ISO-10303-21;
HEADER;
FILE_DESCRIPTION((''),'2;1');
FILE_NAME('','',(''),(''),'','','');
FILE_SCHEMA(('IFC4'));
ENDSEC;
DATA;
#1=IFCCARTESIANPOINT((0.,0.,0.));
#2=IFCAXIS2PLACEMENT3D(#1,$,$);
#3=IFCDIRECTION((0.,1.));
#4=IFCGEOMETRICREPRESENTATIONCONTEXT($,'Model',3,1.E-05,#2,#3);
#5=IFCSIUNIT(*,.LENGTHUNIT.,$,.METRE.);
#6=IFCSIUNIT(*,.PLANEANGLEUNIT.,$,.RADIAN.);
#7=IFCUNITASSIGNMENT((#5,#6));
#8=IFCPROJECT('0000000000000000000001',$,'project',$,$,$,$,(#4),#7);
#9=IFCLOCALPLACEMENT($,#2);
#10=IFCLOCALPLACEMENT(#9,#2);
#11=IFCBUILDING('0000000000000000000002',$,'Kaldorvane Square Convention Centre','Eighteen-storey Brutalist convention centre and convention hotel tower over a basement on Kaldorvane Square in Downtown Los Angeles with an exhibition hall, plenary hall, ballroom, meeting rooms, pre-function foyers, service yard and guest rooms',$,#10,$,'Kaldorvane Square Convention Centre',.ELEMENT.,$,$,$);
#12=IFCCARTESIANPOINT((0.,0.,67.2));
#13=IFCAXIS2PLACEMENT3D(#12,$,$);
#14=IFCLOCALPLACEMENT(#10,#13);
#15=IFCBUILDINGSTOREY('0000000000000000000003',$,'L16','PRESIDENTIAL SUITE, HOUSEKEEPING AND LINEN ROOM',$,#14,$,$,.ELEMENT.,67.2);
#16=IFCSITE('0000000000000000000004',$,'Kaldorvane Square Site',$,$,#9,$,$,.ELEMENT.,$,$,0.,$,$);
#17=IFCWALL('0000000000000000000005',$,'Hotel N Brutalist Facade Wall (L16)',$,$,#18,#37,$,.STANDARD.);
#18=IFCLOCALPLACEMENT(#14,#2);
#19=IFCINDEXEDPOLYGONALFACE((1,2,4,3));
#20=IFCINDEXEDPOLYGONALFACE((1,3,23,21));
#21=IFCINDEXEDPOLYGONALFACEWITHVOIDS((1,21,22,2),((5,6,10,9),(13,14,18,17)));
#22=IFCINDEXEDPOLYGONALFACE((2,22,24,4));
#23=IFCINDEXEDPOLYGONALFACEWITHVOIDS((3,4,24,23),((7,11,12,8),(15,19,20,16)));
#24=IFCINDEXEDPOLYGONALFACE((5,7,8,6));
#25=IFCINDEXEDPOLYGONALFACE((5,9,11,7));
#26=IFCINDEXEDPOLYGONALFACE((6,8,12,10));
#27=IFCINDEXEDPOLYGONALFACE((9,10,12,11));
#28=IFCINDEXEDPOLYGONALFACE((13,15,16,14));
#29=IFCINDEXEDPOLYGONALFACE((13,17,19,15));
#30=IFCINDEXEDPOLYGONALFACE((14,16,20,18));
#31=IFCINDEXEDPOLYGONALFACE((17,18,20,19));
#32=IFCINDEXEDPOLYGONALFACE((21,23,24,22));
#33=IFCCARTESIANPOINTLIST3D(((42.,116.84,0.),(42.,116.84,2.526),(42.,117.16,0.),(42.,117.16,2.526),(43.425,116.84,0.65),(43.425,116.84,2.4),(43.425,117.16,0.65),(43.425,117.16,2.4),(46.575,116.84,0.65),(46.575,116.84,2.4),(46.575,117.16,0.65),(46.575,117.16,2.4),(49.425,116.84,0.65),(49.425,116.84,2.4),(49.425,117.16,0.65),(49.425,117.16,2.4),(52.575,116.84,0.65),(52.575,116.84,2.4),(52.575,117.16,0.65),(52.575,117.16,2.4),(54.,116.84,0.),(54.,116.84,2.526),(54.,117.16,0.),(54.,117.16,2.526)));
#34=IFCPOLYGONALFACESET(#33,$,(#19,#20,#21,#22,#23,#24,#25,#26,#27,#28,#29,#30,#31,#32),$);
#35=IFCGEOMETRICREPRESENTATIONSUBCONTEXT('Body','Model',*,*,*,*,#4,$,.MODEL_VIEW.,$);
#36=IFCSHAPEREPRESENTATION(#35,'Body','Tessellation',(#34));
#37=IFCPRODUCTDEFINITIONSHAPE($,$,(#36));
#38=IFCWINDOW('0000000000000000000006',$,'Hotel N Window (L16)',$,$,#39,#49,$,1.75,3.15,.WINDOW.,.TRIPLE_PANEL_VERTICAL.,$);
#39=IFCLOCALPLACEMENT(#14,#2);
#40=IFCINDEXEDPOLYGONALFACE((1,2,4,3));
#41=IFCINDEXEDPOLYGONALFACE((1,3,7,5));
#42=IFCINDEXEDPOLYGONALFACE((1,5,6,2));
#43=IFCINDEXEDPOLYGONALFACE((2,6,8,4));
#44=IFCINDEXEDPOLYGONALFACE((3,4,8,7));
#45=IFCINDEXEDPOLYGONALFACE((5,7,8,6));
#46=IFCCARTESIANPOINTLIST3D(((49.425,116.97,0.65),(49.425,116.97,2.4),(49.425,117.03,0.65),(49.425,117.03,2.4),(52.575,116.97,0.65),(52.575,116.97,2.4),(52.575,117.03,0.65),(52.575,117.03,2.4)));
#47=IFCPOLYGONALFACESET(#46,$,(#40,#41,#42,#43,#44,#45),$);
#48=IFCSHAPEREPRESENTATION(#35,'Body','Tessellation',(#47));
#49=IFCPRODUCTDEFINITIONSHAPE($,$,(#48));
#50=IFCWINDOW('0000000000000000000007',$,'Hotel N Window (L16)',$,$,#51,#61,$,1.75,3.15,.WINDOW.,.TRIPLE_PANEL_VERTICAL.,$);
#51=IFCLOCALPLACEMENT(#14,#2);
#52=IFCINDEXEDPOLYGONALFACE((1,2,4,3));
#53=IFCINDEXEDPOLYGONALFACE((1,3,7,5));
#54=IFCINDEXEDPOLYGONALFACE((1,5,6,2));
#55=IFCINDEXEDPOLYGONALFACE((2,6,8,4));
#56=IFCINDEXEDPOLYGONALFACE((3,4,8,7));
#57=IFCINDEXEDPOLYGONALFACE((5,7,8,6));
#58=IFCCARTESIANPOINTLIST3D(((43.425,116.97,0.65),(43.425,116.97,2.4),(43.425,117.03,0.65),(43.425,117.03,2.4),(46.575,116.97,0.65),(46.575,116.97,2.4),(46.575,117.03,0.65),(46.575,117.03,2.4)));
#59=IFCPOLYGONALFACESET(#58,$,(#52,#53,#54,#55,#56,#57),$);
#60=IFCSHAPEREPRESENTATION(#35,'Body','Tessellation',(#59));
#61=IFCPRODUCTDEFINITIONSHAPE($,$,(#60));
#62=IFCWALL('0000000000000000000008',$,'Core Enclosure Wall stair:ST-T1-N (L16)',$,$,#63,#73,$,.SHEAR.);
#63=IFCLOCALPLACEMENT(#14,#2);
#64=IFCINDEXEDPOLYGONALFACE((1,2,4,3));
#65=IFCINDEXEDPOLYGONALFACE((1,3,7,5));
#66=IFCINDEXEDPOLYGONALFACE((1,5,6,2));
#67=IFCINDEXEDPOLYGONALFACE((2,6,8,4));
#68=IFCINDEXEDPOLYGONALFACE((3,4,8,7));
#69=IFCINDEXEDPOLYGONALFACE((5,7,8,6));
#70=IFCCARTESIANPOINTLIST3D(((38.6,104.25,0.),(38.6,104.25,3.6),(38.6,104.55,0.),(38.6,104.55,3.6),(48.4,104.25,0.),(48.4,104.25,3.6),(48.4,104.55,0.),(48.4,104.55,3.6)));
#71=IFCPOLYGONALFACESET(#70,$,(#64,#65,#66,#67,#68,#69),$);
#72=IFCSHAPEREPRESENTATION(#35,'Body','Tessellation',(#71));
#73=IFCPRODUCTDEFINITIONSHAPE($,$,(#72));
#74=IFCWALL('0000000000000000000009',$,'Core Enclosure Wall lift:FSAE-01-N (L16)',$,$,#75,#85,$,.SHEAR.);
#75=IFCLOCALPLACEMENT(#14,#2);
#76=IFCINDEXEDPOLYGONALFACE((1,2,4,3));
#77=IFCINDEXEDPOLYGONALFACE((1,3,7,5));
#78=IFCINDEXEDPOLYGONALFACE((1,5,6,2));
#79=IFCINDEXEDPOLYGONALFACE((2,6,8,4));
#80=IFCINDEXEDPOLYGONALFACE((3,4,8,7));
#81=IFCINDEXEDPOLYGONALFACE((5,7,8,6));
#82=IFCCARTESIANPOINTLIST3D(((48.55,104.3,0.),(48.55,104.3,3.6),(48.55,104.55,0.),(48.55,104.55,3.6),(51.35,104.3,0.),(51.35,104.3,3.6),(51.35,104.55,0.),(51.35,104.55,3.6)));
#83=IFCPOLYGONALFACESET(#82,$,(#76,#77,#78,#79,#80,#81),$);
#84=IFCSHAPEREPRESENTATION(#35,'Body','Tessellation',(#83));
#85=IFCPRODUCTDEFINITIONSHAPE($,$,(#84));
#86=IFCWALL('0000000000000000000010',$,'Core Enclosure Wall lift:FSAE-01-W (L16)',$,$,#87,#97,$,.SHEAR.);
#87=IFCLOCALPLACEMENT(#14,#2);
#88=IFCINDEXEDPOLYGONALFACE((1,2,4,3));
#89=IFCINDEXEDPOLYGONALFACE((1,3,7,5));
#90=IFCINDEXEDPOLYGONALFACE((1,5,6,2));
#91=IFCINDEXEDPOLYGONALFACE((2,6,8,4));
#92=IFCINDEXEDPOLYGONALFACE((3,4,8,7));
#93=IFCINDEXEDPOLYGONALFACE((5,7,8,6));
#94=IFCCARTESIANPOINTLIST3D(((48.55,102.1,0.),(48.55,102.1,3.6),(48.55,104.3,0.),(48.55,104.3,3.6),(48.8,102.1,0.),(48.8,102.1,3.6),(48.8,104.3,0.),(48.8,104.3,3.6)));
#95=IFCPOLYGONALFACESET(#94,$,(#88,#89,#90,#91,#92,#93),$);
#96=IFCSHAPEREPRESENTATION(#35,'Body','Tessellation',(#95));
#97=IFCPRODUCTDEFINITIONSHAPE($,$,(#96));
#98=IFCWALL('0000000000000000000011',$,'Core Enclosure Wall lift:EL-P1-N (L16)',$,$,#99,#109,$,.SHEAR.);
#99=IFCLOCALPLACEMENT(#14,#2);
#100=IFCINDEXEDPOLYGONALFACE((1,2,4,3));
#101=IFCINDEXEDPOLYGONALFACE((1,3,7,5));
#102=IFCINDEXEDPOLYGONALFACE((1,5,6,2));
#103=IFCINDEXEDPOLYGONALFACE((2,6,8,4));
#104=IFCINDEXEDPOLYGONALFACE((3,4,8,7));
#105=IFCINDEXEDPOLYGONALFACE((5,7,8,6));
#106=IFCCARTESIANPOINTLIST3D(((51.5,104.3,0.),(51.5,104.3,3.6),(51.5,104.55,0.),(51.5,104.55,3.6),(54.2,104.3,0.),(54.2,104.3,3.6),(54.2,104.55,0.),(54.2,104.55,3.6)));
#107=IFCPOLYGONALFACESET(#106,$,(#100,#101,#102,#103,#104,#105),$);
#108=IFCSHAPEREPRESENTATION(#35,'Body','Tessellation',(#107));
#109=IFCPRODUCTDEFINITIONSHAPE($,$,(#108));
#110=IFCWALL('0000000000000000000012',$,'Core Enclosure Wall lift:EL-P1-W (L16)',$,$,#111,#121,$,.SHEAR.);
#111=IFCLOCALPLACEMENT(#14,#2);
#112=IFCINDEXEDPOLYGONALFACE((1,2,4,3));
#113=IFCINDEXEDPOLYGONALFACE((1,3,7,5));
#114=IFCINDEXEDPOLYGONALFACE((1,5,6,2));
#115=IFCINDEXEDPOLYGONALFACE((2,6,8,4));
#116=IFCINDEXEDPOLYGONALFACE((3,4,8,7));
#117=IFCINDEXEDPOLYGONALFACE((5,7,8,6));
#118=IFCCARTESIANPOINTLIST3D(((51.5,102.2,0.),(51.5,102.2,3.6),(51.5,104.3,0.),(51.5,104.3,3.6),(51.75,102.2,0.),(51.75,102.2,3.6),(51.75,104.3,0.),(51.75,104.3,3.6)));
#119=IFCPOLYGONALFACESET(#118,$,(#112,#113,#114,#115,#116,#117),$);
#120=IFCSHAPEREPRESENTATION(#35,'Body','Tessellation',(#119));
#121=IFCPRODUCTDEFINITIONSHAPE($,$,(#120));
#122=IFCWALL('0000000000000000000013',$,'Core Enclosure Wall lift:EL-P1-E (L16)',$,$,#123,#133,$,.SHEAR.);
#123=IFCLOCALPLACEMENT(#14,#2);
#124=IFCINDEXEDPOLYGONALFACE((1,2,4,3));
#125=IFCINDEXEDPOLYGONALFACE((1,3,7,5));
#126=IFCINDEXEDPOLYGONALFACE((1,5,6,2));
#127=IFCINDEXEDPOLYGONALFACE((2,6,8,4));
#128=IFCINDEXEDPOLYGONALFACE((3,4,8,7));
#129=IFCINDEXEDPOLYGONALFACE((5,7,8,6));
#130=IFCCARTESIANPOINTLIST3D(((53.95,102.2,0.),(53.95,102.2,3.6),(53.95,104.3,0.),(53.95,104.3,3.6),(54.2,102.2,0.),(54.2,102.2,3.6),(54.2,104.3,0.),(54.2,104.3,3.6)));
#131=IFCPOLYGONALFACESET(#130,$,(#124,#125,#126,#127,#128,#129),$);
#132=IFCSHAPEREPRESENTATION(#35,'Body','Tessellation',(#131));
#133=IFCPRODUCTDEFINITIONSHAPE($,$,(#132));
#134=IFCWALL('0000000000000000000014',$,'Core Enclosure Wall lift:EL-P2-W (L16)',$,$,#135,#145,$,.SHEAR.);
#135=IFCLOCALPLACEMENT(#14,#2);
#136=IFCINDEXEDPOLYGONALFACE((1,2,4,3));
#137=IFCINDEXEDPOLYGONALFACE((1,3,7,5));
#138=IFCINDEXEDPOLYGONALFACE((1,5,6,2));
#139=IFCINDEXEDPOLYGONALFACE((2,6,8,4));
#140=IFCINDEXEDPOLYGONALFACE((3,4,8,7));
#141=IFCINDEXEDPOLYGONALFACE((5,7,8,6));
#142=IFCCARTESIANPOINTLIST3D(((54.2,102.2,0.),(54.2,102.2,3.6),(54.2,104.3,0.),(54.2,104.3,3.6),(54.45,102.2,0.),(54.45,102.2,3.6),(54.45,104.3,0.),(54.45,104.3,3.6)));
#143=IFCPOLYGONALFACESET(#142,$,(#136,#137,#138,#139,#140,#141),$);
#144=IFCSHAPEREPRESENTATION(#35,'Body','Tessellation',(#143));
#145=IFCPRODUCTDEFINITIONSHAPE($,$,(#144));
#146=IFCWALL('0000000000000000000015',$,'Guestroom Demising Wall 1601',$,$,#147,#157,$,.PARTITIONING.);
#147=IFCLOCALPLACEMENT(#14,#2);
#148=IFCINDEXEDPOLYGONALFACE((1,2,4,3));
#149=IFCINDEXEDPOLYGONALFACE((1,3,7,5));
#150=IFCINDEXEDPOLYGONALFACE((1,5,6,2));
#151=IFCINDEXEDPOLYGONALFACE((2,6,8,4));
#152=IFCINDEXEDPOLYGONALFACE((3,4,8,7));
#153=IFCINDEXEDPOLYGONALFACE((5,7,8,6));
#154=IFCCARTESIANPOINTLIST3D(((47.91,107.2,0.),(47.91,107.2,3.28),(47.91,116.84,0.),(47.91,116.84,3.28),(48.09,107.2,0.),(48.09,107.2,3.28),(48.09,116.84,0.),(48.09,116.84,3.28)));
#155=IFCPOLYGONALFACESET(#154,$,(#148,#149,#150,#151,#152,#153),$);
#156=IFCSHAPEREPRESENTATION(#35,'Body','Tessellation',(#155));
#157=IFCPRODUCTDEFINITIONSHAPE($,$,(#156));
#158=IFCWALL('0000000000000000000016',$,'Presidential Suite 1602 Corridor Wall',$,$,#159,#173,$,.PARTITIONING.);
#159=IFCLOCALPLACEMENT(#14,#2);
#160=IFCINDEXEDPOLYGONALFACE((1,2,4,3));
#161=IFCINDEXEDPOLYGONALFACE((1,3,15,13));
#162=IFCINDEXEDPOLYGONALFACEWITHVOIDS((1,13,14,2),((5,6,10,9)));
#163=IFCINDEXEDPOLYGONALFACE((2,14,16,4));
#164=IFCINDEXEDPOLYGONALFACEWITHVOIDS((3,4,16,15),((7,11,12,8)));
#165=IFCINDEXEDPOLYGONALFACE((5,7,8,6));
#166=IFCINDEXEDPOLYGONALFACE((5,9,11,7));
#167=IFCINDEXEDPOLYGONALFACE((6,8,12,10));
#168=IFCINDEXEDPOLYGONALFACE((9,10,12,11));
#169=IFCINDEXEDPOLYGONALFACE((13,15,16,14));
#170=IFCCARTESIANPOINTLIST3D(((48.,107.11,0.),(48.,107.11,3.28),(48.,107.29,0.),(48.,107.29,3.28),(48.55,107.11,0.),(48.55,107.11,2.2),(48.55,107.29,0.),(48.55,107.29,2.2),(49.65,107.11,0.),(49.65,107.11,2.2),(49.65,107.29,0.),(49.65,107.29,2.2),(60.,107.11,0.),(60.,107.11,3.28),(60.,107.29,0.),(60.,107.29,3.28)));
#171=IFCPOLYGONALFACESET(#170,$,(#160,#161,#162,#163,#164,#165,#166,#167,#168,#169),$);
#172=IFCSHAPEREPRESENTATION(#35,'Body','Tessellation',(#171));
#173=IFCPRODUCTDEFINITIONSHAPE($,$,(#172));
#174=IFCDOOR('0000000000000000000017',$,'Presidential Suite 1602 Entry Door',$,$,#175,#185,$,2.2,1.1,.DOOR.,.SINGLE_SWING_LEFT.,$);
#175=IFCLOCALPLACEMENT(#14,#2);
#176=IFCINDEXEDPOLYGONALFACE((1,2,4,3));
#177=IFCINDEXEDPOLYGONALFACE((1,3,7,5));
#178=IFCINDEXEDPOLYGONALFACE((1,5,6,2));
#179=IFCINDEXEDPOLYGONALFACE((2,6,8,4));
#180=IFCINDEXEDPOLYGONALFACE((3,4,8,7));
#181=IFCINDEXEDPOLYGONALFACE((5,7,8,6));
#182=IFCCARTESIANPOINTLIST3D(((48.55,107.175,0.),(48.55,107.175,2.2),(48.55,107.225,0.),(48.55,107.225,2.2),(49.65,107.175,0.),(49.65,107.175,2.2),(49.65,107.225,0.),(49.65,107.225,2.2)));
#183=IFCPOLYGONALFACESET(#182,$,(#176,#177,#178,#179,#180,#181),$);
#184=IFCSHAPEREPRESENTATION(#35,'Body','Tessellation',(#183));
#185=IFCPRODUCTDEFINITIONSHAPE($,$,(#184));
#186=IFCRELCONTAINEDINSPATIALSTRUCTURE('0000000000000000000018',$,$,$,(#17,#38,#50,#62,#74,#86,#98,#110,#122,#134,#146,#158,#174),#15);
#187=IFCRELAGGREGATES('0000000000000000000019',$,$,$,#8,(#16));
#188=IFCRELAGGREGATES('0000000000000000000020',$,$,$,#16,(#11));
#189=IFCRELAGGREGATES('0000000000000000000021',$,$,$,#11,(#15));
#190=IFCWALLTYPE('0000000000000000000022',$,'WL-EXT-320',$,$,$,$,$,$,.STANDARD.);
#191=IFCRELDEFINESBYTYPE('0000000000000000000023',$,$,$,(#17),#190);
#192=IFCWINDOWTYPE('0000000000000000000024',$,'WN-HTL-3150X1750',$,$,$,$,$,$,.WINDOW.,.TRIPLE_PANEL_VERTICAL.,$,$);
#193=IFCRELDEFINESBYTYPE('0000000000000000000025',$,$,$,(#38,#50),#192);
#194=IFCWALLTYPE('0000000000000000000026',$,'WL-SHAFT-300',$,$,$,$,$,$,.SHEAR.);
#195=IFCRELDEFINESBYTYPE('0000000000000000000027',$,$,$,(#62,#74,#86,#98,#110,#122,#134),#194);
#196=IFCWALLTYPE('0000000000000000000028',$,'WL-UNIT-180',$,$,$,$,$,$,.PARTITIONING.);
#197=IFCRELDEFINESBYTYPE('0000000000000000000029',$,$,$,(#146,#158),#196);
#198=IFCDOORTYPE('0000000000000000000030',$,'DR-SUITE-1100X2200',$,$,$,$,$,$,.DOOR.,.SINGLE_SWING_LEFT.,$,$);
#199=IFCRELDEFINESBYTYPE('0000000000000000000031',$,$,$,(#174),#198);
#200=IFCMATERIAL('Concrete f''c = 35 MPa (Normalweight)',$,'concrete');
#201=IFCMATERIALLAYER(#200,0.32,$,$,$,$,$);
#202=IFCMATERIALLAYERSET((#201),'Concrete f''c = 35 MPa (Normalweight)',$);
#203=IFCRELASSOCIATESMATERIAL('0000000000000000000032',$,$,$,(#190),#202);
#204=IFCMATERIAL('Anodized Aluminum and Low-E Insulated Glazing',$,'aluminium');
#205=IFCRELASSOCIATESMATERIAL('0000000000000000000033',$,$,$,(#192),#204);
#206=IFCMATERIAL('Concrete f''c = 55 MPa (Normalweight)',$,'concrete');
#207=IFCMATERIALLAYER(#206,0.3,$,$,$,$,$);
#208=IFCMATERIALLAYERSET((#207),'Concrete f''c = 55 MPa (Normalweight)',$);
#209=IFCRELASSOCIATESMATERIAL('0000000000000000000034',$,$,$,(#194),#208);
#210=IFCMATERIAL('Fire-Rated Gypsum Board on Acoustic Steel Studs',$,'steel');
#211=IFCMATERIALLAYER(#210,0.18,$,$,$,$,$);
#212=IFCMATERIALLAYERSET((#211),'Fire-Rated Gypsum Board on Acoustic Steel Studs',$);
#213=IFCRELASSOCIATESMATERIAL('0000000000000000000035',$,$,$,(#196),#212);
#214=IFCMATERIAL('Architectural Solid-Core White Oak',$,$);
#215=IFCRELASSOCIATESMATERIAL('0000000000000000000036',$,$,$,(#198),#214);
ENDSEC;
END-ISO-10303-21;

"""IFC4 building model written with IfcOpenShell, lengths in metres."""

from ifc_helpers import new_model, si_unit, direction, frame, frame_2d, origin, place, context, subcontext, project, spatial, rectangle, extrude, material, layer, layer_set, type_object, element, fill, save


model = new_model("IFC4")

# Units and contexts
model_context = context("Model", 3, precision=1e-05, world=origin(), true_north=direction((0.0, 1.0)))
body_context = subcontext(model_context, "Body", "Model", "MODEL_VIEW")
ifc_project = project(units=[si_unit("LENGTHUNIT", "METRE"), si_unit("PLANEANGLEUNIT", "RADIAN")], contexts=[model_context])

# Site, building, storey
site_placement = place(None, origin())
site = spatial("IfcSite", under=ifc_project, at=site_placement, Name="Kaldorvane Square Site", CompositionType="ELEMENT", RefElevation=0.0)
building_placement = place(site_placement, origin())
building = spatial("IfcBuilding", under=site, at=building_placement, Name="Kaldorvane Square Convention Centre", Description="Eighteen-storey Brutalist convention centre and convention hotel tower over a basement on Kaldorvane Square in Downtown Los Angeles with an exhibition hall, plenary hall, ballroom, meeting rooms, pre-function foyers, service yard and guest rooms", LongName="Kaldorvane Square Convention Centre", CompositionType="ELEMENT")
storey_placement = place(building_placement, frame((0.0, 0.0, 67.2)))
storey = spatial("IfcBuildingStorey", under=building, at=storey_placement, Name="L16", Description="PRESIDENTIAL SUITE, HOUSEKEEPING AND LINEN ROOM", CompositionType="ELEMENT", Elevation=67.2)

# Shared definitions
ifc_material_1 = material(Name="Fire-Rated Gypsum Board on Acoustic Steel Studs", Category="steel")
ifc_material_2 = material(Name="Architectural Solid-Core White Oak")

# Shared definitions
ifc_material_3 = material(Name="Concrete f'c = 35 MPa (Normalweight)", Category="concrete")
ifc_layer_1 = layer(ifc_material_3, 0.32)
ifc_layer_set_1 = layer_set([ifc_layer_1], Name="Concrete f'c = 35 MPa (Normalweight)")
wall_type_1 = type_object("IfcWallType", Name="WL-EXT-320", PredefinedType="STANDARD", material=ifc_layer_set_1)
ifc_material_4 = material(Name="Anodized Aluminum and Low-E Insulated Glazing", Category="aluminium")
window_type = type_object("IfcWindowType", Name="WN-HTL-3150X1750", PartitioningType="TRIPLE_PANEL_VERTICAL", PredefinedType="WINDOW", material=ifc_material_4)

# Wall, openings, windows
wall_1_placement = place(storey_placement, frame((54.0, 117.0, 0.0), z_axis=(0.0, 0.0, 1.0), x_axis=(-1.0, 0.0, 0.0)))
wall_1 = element("IfcWall", 1, at=wall_1_placement, inside=storey, type_object=wall_type_1, Name="Hotel N Brutalist Facade Wall (L16)", PredefinedType="STANDARD", context=body_context, shape_type="SweptSolid", body=[
    extrude(rectangle(XDim=12.0, YDim=0.32, at=frame_2d((6.0, 0.0))), origin(), (0.0, 0.0, 1.0), 2.526),
])
opening_1_placement = place(wall_1_placement, frame((1.425, 0.0, 0.65)))
opening_1 = element("IfcOpeningElement", 2, at=opening_1_placement, cuts=wall_1, PredefinedType="OPENING", context=body_context, shape_type="SweptSolid", body=[
    extrude(rectangle(XDim=3.15, YDim=1.75, at=frame_2d((1.575, 0.875))), frame((0.0, 0.175, 0.0), z_axis=(0.0, -1.0, 0.0), x_axis=(1.0, 0.0, 0.0)), (0.0, 0.0, 1.0), 0.35),
])
opening_2_placement = place(wall_1_placement, frame((7.425, 0.0, 0.65)))
opening_2 = element("IfcOpeningElement", 3, at=opening_2_placement, cuts=wall_1, PredefinedType="OPENING", context=body_context, shape_type="SweptSolid", body=[
    extrude(rectangle(XDim=3.15, YDim=1.75, at=frame_2d((1.575, 0.875))), frame((0.0, 0.175, 0.0), z_axis=(0.0, -1.0, 0.0), x_axis=(1.0, 0.0, 0.0)), (0.0, 0.0, 1.0), 0.35),
])
window_1_placement = place(opening_1_placement, origin())
window_1 = element("IfcWindow", 4, at=window_1_placement, inside=storey, type_object=window_type, Name="Hotel N Window (L16)", OverallHeight=1.75, OverallWidth=3.15, PartitioningType="TRIPLE_PANEL_VERTICAL", PredefinedType="WINDOW", context=body_context, shape_type="SweptSolid", body=[
    extrude(rectangle(XDim=3.15, YDim=1.75, at=frame_2d((1.575, 0.875))), frame((0.0, 0.03, 0.0), z_axis=(0.0, -1.0, 0.0), x_axis=(1.0, 0.0, 0.0)), (0.0, 0.0, 1.0), 0.06),
])
fill(opening_1, window_1)
window_2_placement = place(opening_2_placement, origin())
window_2 = element("IfcWindow", 5, at=window_2_placement, inside=storey, type_object=window_type, Name="Hotel N Window (L16)", OverallHeight=1.75, OverallWidth=3.15, PartitioningType="TRIPLE_PANEL_VERTICAL", PredefinedType="WINDOW", context=body_context, shape_type="SweptSolid", body=[
    extrude(rectangle(XDim=3.15, YDim=1.75, at=frame_2d((1.575, 0.875))), frame((0.0, 0.03, 0.0), z_axis=(0.0, -1.0, 0.0), x_axis=(1.0, 0.0, 0.0)), (0.0, 0.0, 1.0), 0.06),
])
fill(opening_2, window_2)

# Walls
ifc_material_5 = material(Name="Concrete f'c = 55 MPa (Normalweight)", Category="concrete")
ifc_layer_2 = layer(ifc_material_5, 0.3)
ifc_layer_set_2 = layer_set([ifc_layer_2], Name="Concrete f'c = 55 MPa (Normalweight)")
wall_type_2 = type_object("IfcWallType", Name="WL-SHAFT-300", PredefinedType="SHEAR", material=ifc_layer_set_2)
wall_2_placement = place(storey_placement, frame((48.4, 104.4, 0.0), z_axis=(0.0, 0.0, 1.0), x_axis=(-1.0, 0.0, 0.0)))
element("IfcWall", 6, at=wall_2_placement, inside=storey, type_object=wall_type_2, Name="Core Enclosure Wall stair:ST-T1-N (L16)", PredefinedType="SHEAR", context=body_context, shape_type="SweptSolid", body=[
    extrude(rectangle(XDim=9.8, YDim=0.3, at=frame_2d((4.9, 0.0))), origin(), (0.0, 0.0, 1.0), 3.6),
])
wall_3_placement = place(storey_placement, frame((51.35, 104.425, 0.0), z_axis=(0.0, 0.0, 1.0), x_axis=(-1.0, 0.0, 0.0)))
element("IfcWall", 7, at=wall_3_placement, inside=storey, type_object=wall_type_2, Name="Core Enclosure Wall lift:FSAE-01-N (L16)", PredefinedType="SHEAR", context=body_context, shape_type="SweptSolid", body=[
    extrude(rectangle(XDim=2.8, YDim=0.25, at=frame_2d((1.4, 0.0))), origin(), (0.0, 0.0, 1.0), 3.6),
])
wall_4_placement = place(storey_placement, frame((48.675, 104.3, 0.0), z_axis=(0.0, 0.0, 1.0), x_axis=(0.0, -1.0, 0.0)))
element("IfcWall", 8, at=wall_4_placement, inside=storey, type_object=wall_type_2, Name="Core Enclosure Wall lift:FSAE-01-W (L16)", PredefinedType="SHEAR", context=body_context, shape_type="SweptSolid", body=[
    extrude(rectangle(XDim=2.2, YDim=0.25, at=frame_2d((1.1, 0.0))), origin(), (0.0, 0.0, 1.0), 3.6),
])
wall_5_placement = place(storey_placement, frame((54.2, 104.425, 0.0), z_axis=(0.0, 0.0, 1.0), x_axis=(-1.0, 0.0, 0.0)))
element("IfcWall", 9, at=wall_5_placement, inside=storey, type_object=wall_type_2, Name="Core Enclosure Wall lift:EL-P1-N (L16)", PredefinedType="SHEAR", context=body_context, shape_type="SweptSolid", body=[
    extrude(rectangle(XDim=2.7, YDim=0.25, at=frame_2d((1.35, 0.0))), origin(), (0.0, 0.0, 1.0), 3.6),
])
for number, where, z_axis, x_axis, name in (
    (10, (51.625, 104.3, 0.0), (0.0, 0.0, 1.0), (0.0, -1.0, 0.0), "Core Enclosure Wall lift:EL-P1-W (L16)"),
    (11, (54.075, 102.2, 0.0), (0.0, 0.0, 1.0), (0.0, 1.0, 0.0), "Core Enclosure Wall lift:EL-P1-E (L16)"),
    (12, (54.325, 104.3, 0.0), (0.0, 0.0, 1.0), (0.0, -1.0, 0.0), "Core Enclosure Wall lift:EL-P2-W (L16)"),
):
    element("IfcWall", number, at=place(storey_placement, frame(where, z_axis=z_axis, x_axis=x_axis)), inside=storey, type_object=wall_type_2, Name=name, PredefinedType="SHEAR", context=body_context, shape_type="SweptSolid", body=[
        extrude(rectangle(XDim=2.1, YDim=0.25, at=frame_2d((1.05, 0.0))), origin(), (0.0, 0.0, 1.0), 3.6),
    ])
ifc_layer_3 = layer(ifc_material_1, 0.18)
ifc_layer_set_3 = layer_set([ifc_layer_3], Name="Fire-Rated Gypsum Board on Acoustic Steel Studs")
wall_type_3 = type_object("IfcWallType", Name="WL-UNIT-180", PredefinedType="PARTITIONING", material=ifc_layer_set_3)
wall_6_placement = place(storey_placement, frame((48.0, 107.2, 0.0), z_axis=(0.0, 0.0, 1.0), x_axis=(0.0, 1.0, 0.0)))
element("IfcWall", 13, at=wall_6_placement, inside=storey, type_object=wall_type_3, Name="Guestroom Demising Wall 1601", PredefinedType="PARTITIONING", context=body_context, shape_type="SweptSolid", body=[
    extrude(rectangle(XDim=9.64, YDim=0.18, at=frame_2d((4.82, 0.0))), origin(), (0.0, 0.0, 1.0), 3.28),
])

# Wall, opening, door
wall_7_placement = place(storey_placement, frame((48.0, 107.2, 0.0), z_axis=(0.0, 0.0, 1.0), x_axis=(1.0, 0.0, 0.0)))
wall_7 = element("IfcWall", 14, at=wall_7_placement, inside=storey, type_object=wall_type_3, Name="Presidential Suite 1602 Corridor Wall", PredefinedType="PARTITIONING", context=body_context, shape_type="SweptSolid", body=[
    extrude(rectangle(XDim=12.0, YDim=0.18, at=frame_2d((6.0, 0.0))), origin(), (0.0, 0.0, 1.0), 3.28),
])
opening_3_placement = place(wall_7_placement, frame((0.55, 0.0, 0.0)))
opening_3 = element("IfcOpeningElement", 15, at=opening_3_placement, cuts=wall_7, PredefinedType="OPENING", context=body_context, shape_type="SweptSolid", body=[
    extrude(rectangle(XDim=1.1, YDim=2.2, at=frame_2d((0.55, 1.1))), frame((0.0, 0.105, 0.0), z_axis=(0.0, -1.0, 0.0), x_axis=(1.0, 0.0, 0.0)), (0.0, 0.0, 1.0), 0.21),
])
door_type_1 = type_object("IfcDoorType", Name="DR-SUITE-1100X2200", OperationType="SINGLE_SWING_LEFT", PredefinedType="DOOR", material=ifc_material_2)
door_1_placement = place(opening_3_placement, origin())
door_1 = element("IfcDoor", 16, at=door_1_placement, inside=storey, type_object=door_type_1, Name="Presidential Suite 1602 Entry Door", OperationType="SINGLE_SWING_LEFT", OverallHeight=2.2, OverallWidth=1.1, PredefinedType="DOOR", context=body_context, shape_type="SweptSolid", body=[
    extrude(rectangle(XDim=1.1, YDim=2.2, at=frame_2d((0.55, 1.1))), frame((0.0, 0.025, 0.0), z_axis=(0.0, -1.0, 0.0), x_axis=(1.0, 0.0, 0.0)), (0.0, 0.0, 1.0), 0.05),
])
fill(opening_3, door_1)

save(model, "model.ifc")
